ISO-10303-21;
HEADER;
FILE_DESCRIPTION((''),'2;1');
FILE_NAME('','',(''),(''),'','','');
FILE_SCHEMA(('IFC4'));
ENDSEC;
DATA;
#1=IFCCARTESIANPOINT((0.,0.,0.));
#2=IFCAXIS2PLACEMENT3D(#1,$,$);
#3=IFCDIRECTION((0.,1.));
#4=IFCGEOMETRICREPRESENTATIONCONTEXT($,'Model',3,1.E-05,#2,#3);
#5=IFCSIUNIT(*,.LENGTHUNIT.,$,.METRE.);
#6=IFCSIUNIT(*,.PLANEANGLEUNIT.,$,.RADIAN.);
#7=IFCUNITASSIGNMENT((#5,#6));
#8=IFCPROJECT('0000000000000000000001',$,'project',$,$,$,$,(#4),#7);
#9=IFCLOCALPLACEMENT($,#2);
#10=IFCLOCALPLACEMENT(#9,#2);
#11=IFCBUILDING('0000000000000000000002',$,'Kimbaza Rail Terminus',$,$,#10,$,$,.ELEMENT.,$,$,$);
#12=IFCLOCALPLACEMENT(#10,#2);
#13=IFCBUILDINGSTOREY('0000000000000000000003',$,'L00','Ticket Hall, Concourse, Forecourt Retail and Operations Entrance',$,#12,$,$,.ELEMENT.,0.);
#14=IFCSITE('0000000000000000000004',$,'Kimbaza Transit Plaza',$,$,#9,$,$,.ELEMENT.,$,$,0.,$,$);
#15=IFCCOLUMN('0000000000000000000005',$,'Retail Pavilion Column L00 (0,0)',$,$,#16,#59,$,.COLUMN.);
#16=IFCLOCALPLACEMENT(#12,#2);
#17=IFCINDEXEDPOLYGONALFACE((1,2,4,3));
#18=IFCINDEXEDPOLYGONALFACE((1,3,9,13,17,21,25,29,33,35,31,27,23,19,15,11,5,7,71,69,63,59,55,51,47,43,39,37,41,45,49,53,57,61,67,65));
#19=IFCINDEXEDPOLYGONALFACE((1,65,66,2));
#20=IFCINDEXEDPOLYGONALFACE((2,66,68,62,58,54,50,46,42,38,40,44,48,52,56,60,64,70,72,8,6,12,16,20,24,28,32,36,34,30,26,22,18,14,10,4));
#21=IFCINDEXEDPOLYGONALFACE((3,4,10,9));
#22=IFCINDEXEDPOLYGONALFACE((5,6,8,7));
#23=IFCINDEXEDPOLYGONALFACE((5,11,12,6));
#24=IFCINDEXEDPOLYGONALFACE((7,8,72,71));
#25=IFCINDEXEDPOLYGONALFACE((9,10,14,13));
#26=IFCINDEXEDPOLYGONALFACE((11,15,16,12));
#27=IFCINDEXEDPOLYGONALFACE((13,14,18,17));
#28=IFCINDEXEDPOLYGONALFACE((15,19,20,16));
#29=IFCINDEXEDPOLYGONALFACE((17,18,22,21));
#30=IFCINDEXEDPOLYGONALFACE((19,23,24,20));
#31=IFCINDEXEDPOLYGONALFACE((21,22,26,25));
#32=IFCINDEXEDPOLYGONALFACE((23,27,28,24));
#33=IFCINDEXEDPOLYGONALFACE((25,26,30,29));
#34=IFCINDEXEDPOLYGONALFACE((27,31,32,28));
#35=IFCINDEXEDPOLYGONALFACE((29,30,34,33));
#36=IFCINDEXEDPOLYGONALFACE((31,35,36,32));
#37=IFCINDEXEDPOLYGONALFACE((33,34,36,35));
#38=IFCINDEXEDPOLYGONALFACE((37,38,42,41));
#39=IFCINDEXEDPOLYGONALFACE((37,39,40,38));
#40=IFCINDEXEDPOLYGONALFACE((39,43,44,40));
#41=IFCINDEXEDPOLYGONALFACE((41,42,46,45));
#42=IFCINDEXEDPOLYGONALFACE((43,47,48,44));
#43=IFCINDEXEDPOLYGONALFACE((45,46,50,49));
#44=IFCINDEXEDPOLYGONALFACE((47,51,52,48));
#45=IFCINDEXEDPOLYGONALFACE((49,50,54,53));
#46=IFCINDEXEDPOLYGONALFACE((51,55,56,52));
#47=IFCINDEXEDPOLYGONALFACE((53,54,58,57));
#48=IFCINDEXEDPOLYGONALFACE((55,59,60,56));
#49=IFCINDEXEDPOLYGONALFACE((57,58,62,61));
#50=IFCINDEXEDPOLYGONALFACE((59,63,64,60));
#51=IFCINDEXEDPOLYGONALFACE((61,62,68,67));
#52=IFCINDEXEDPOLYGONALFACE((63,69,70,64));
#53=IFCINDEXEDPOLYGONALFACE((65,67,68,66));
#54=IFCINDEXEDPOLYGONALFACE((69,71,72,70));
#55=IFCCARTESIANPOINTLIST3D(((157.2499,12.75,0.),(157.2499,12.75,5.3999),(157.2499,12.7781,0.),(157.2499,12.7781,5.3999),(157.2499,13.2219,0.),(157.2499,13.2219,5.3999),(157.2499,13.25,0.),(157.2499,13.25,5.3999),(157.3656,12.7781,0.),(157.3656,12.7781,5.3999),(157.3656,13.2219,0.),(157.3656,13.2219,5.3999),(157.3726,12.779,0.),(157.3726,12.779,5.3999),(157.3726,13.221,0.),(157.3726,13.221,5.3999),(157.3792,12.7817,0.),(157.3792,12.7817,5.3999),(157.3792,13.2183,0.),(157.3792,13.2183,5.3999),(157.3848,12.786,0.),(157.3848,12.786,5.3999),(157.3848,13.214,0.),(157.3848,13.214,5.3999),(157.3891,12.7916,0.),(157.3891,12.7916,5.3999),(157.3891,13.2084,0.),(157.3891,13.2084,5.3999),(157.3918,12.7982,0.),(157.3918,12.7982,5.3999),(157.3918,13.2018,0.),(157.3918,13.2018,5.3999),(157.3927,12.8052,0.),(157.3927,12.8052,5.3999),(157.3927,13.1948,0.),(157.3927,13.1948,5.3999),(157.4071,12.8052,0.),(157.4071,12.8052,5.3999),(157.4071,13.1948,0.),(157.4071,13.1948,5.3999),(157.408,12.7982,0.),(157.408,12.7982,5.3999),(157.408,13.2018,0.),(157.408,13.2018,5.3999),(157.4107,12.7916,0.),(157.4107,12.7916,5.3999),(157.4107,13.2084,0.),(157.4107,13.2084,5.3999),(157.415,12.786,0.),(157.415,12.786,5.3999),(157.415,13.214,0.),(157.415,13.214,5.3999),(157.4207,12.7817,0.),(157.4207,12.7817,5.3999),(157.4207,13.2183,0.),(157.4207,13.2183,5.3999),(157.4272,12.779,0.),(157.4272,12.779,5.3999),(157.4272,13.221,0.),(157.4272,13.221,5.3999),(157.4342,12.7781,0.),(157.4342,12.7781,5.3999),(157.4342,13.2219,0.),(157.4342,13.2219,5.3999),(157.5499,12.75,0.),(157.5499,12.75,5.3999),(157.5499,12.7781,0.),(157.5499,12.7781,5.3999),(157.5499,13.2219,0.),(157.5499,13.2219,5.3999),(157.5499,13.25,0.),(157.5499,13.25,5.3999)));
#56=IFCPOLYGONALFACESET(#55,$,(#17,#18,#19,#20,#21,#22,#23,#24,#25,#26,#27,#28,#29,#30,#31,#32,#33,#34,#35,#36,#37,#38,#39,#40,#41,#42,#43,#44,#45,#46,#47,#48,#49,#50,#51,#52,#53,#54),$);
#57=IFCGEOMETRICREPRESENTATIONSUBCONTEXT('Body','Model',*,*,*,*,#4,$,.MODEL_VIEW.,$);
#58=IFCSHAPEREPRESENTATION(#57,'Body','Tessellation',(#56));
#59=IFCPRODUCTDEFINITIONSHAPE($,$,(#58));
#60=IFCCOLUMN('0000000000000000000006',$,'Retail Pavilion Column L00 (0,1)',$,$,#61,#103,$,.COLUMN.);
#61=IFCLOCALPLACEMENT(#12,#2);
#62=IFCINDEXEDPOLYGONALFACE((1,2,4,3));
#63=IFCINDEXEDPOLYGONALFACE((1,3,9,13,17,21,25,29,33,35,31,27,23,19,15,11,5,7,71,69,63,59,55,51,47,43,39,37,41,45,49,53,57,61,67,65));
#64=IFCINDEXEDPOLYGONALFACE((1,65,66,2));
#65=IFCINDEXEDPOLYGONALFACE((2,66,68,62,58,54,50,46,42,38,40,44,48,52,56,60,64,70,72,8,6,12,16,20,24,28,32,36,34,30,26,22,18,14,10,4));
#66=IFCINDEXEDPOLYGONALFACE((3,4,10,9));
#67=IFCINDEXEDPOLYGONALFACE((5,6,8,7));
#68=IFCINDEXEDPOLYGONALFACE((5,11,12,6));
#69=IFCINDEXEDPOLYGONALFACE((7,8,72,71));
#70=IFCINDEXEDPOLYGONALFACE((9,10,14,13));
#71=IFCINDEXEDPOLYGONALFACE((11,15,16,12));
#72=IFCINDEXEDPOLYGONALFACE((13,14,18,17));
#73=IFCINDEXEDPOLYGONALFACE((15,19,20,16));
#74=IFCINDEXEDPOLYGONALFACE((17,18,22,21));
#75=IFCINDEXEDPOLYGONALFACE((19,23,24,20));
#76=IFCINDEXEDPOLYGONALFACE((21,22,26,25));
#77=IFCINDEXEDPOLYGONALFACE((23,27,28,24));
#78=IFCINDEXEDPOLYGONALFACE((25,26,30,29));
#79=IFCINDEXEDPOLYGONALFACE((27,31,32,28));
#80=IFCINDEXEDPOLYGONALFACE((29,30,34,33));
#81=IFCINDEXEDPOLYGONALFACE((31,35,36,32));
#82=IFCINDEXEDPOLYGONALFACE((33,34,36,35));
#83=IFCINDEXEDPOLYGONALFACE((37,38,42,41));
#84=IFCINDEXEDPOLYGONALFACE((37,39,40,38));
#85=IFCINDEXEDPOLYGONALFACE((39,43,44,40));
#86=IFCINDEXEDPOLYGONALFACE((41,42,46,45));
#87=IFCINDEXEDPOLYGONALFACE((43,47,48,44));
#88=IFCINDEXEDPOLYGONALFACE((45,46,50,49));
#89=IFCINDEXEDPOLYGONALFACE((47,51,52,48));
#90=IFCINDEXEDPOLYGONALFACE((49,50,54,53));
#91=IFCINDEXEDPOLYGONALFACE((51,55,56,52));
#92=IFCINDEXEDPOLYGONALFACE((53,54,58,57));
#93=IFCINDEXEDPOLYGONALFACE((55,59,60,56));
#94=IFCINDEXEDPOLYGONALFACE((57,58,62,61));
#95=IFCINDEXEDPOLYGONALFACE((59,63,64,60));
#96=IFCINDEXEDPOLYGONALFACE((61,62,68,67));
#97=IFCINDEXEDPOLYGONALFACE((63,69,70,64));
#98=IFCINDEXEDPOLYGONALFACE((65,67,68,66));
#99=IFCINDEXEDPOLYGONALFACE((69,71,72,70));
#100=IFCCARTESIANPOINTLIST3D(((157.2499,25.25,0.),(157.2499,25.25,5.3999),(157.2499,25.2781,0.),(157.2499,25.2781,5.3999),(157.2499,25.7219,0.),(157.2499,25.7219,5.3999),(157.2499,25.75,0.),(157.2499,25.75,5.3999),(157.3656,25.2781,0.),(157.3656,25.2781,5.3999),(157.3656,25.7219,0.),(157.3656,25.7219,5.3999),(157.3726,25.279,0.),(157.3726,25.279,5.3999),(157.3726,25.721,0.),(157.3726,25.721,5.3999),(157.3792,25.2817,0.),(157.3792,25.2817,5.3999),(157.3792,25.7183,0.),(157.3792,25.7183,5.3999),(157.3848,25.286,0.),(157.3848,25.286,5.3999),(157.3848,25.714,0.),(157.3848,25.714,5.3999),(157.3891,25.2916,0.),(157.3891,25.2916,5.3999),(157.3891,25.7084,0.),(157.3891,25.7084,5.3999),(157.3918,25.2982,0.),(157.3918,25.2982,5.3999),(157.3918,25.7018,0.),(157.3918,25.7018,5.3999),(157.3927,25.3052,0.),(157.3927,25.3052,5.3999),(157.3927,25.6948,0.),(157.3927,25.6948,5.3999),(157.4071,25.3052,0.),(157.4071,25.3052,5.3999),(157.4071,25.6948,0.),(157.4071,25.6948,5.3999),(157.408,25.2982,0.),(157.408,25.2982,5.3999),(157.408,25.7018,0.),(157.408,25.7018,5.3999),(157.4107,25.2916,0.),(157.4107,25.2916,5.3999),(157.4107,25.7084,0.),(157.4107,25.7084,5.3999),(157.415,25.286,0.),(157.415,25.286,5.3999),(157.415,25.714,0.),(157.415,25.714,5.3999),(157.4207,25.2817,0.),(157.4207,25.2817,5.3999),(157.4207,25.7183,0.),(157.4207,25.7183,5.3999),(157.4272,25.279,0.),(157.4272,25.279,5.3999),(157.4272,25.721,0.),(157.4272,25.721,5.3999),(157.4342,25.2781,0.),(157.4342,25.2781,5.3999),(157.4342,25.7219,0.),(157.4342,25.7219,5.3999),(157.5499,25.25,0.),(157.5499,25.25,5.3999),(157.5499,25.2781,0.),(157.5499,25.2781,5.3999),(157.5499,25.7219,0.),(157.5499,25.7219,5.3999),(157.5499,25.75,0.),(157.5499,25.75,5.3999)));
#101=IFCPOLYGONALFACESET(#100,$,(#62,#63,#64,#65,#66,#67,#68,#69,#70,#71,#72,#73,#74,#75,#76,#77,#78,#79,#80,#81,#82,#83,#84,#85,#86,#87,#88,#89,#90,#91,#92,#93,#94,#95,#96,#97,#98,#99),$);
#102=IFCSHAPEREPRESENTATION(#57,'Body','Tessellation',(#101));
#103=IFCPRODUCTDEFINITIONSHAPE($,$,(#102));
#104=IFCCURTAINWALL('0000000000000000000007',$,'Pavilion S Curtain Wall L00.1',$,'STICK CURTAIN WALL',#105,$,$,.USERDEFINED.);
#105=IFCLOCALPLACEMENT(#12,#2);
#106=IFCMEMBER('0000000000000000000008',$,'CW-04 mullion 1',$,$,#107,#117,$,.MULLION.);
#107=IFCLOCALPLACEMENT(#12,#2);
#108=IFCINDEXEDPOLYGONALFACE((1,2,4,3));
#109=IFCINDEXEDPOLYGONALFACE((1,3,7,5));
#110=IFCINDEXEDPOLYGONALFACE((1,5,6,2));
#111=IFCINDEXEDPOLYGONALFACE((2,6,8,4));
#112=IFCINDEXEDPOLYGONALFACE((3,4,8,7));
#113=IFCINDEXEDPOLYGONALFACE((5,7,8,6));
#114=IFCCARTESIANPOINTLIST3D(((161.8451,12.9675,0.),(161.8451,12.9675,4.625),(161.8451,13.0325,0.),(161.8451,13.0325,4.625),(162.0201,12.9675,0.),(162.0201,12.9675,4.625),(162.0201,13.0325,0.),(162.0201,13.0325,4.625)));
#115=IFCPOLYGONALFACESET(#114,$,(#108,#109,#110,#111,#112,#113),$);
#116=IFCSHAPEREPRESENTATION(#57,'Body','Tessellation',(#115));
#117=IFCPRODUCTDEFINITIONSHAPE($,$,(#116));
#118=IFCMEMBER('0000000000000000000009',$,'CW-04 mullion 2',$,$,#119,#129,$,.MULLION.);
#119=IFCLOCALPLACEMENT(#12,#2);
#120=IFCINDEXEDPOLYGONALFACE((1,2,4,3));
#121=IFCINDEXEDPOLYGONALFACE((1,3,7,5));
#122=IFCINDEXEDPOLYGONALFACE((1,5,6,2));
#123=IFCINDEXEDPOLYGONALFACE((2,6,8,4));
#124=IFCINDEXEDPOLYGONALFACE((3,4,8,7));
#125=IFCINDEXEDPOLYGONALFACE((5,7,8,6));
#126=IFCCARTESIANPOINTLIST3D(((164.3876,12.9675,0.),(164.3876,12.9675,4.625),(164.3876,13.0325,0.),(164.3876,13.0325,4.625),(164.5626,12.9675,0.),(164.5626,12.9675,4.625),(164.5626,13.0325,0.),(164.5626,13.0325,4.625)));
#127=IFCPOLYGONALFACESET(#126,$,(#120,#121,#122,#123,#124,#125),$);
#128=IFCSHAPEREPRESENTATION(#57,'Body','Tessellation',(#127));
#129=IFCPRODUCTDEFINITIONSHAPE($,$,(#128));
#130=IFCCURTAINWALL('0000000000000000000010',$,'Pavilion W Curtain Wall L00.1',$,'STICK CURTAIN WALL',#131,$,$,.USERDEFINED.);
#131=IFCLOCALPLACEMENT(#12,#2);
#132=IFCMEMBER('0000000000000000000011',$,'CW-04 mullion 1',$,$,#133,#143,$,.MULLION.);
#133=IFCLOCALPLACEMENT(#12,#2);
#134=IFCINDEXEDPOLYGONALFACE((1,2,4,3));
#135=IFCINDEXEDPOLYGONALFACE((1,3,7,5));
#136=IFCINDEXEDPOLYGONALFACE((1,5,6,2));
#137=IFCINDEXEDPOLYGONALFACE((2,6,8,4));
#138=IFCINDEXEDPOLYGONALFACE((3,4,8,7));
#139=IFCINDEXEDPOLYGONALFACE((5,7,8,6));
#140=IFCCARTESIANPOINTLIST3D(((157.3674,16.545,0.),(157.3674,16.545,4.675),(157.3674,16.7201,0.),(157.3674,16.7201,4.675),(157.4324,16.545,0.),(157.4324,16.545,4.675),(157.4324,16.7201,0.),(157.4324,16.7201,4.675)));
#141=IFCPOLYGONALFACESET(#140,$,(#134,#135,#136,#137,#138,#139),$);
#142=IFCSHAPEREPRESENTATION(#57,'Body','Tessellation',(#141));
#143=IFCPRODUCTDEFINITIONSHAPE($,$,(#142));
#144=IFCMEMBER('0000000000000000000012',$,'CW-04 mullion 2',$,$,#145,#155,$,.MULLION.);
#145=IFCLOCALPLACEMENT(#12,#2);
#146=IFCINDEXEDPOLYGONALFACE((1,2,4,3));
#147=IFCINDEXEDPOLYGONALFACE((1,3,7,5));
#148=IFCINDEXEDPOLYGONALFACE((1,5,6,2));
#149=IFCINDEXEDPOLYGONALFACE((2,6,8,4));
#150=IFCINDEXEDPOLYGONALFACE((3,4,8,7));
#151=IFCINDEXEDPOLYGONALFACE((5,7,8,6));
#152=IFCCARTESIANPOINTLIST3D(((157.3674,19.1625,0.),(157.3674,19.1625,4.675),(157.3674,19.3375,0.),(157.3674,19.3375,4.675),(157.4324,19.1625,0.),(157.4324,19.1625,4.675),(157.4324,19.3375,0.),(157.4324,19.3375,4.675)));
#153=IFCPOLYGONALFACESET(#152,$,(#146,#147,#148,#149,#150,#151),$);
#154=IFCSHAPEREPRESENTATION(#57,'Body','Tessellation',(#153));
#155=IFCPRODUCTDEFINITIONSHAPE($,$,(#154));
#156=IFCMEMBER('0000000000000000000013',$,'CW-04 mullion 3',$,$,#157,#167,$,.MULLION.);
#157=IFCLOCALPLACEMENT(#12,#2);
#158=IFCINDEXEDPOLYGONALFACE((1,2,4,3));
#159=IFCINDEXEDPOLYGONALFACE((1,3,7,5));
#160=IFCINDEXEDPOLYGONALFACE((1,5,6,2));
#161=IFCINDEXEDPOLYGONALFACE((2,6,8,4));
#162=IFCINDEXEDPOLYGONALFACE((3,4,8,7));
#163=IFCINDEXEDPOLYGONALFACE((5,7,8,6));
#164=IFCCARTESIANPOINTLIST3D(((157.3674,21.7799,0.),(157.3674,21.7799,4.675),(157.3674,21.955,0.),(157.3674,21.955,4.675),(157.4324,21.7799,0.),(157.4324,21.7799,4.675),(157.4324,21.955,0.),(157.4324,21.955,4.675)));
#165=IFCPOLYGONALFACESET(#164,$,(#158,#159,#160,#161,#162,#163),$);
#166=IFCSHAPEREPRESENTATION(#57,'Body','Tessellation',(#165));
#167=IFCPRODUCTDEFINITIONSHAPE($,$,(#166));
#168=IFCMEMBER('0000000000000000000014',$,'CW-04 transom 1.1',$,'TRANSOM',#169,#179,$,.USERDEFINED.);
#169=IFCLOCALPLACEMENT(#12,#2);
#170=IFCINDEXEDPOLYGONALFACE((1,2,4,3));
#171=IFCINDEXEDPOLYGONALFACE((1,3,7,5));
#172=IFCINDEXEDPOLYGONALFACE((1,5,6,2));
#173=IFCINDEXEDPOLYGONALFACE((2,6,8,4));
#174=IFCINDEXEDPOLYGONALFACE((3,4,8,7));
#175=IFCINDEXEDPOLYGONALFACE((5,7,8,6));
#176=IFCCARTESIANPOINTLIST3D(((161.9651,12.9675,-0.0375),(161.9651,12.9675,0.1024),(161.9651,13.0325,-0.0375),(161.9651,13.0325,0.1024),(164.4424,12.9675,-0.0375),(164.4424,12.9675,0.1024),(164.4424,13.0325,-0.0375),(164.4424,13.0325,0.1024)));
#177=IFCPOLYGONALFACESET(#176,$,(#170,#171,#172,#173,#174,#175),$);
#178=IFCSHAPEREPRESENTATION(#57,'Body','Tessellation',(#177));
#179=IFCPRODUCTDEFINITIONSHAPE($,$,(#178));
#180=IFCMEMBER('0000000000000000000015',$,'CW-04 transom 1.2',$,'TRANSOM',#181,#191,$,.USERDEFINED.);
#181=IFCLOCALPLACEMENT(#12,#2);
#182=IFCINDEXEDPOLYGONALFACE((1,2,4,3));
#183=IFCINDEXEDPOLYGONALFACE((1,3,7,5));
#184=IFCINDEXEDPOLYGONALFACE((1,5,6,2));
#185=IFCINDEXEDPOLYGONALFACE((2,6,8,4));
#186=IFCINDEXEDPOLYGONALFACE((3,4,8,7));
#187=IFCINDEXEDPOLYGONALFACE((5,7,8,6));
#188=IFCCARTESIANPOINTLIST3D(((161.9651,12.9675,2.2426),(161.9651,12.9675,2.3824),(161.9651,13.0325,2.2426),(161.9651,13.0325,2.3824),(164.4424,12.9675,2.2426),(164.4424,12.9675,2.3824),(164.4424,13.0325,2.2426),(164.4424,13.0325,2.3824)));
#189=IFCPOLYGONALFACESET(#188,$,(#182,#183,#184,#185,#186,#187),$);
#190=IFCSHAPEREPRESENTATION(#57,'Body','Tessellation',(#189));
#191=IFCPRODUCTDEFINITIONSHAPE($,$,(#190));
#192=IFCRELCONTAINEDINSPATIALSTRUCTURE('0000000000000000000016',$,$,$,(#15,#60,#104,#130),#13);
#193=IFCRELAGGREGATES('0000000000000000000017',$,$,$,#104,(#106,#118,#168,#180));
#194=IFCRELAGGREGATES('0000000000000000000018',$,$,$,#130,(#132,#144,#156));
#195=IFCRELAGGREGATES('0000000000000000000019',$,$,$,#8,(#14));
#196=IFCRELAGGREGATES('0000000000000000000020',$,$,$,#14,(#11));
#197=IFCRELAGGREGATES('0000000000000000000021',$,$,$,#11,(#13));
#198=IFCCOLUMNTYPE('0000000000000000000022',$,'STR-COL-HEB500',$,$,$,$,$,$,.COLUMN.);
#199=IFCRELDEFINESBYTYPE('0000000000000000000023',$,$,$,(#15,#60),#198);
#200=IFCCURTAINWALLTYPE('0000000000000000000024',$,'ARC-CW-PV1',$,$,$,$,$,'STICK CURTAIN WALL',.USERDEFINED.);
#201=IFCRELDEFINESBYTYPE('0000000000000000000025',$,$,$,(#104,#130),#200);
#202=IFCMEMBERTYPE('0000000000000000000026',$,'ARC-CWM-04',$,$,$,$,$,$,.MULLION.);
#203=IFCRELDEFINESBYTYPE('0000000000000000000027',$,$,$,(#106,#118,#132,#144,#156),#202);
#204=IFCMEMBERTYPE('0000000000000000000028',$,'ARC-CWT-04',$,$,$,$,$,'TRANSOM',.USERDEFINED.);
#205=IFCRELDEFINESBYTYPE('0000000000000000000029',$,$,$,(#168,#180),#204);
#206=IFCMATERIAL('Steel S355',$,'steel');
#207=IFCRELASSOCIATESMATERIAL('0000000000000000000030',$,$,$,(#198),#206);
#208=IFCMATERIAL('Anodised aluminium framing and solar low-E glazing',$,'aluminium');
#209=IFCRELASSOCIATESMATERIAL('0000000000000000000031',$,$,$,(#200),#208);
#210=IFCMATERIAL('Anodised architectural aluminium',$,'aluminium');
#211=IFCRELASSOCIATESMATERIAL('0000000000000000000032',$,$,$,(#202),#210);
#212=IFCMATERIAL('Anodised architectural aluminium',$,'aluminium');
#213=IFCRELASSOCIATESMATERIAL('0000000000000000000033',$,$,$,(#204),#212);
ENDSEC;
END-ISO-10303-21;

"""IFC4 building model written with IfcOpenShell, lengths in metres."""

from ifc_helpers import new_model, si_unit, direction, frame, origin, origin_2d, place, context, subcontext, project, spatial, rectangle, i_section, extrude, material, material_profile, profile_set, type_object, element, aggregate, save


model = new_model("IFC4")

# Units and contexts
model_context = context("Model", 3, precision=1e-05, world=origin(), true_north=direction((0.0, 1.0)))
body_context = subcontext(model_context, "Body", "Model", "MODEL_VIEW")
ifc_project = project(units=[si_unit("LENGTHUNIT", "METRE"), si_unit("PLANEANGLEUNIT", "RADIAN")], contexts=[model_context])

# Site, building, storey
site_placement = place(None, origin())
site = spatial("IfcSite", under=ifc_project, at=site_placement, Name="Kimbaza Transit Plaza", CompositionType="ELEMENT", RefElevation=0.0)
building_placement = place(site_placement, origin())
building = spatial("IfcBuilding", under=site, at=building_placement, Name="Kimbaza Rail Terminus", CompositionType="ELEMENT")
storey_placement = place(building_placement, origin())
storey = spatial("IfcBuildingStorey", under=building, at=storey_placement, Name="L00", Description="Ticket Hall, Concourse, Forecourt Retail and Operations Entrance", CompositionType="ELEMENT", Elevation=0.0)

# Columns
ifc_material_1 = material(Name="Steel S355", Category="steel")
ifc_material_profile_1 = material_profile(ifc_material_1, i_section(OverallWidth=0.3, OverallDepth=0.5, WebThickness=0.0144, FlangeThickness=0.0281, FilletRadius=0.0271, at=origin_2d()), Name="HEB 500")
ifc_profile_set_1 = profile_set([ifc_material_profile_1], Name="Steel S355")
column_type = type_object("IfcColumnType", Name="STR-COL-HEB500", PredefinedType="COLUMN", material=ifc_profile_set_1)
for number, where, z_axis, x_axis, name in (
    (1, (157.3999, 13.0, 0.0), (0.0, 0.0, 1.0), (1.0, 0.0, 0.0), "Retail Pavilion Column L00 (0,0)"),
    (2, (157.3999, 25.5, 0.0), (0.0, 0.0, 1.0), (1.0, 0.0, 0.0), "Retail Pavilion Column L00 (0,1)"),
):
    element("IfcColumn", number, at=place(storey_placement, frame(where, z_axis=z_axis, x_axis=x_axis)), inside=storey, type_object=column_type, Name=name, PredefinedType="COLUMN", context=body_context, shape_type="SweptSolid", body=[
        extrude(i_section(OverallWidth=0.3, OverallDepth=0.5, WebThickness=0.0144, FlangeThickness=0.0281, FilletRadius=0.0271, at=origin_2d()), origin(), (0.0, 0.0, 1.0), 5.3999),
    ])

# Curtain walls, members
ifc_material_2 = material(Name="Anodised aluminium framing and solar low-E glazing", Category="aluminium")
curtain_wall_type = type_object("IfcCurtainWallType", Name="ARC-CW-PV1", ElementType="STICK CURTAIN WALL", PredefinedType="USERDEFINED", material=ifc_material_2)
curtain_wall_1_placement = place(storey_placement, origin())
curtain_wall_1 = element("IfcCurtainWall", 3, at=curtain_wall_1_placement, inside=storey, type_object=curtain_wall_type, Name="Pavilion S Curtain Wall L00.1", ObjectType="STICK CURTAIN WALL", PredefinedType="USERDEFINED")
ifc_material_3 = material(Name="Anodised architectural aluminium", Category="aluminium")
ifc_material_profile_2 = material_profile(ifc_material_3, rectangle(XDim=0.0649, YDim=0.175, at=origin_2d()), Name="MULLION 65x175")
ifc_profile_set_2 = profile_set([ifc_material_profile_2], Name="Anodised architectural aluminium")
member_type_1 = type_object("IfcMemberType", Name="ARC-CWM-04", PredefinedType="MULLION", material=ifc_profile_set_2)
member_1_placement = place(storey_placement, frame((161.9326, 13.0, 0.0), z_axis=(0.0, 0.0, 1.0), x_axis=(0.0, 1.0, 0.0)))
member_1 = element("IfcMember", 4, at=member_1_placement, type_object=member_type_1, Name="CW-04 mullion 1", PredefinedType="MULLION", context=body_context, shape_type="SweptSolid", body=[
    extrude(rectangle(XDim=0.0649, YDim=0.175, at=origin_2d()), origin(), (0.0, 0.0, 1.0), 4.625),
])
member_2_placement = place(storey_placement, frame((164.4751, 13.0, 0.0), z_axis=(0.0, 0.0, 1.0), x_axis=(0.0, 1.0, 0.0)))
member_2 = element("IfcMember", 5, at=member_2_placement, type_object=member_type_1, Name="CW-04 mullion 2", PredefinedType="MULLION", context=body_context, shape_type="SweptSolid", body=[
    extrude(rectangle(XDim=0.0649, YDim=0.175, at=origin_2d()), origin(), (0.0, 0.0, 1.0), 4.625),
])
curtain_wall_2_placement = place(storey_placement, origin())
curtain_wall_2 = element("IfcCurtainWall", 6, at=curtain_wall_2_placement, inside=storey, type_object=curtain_wall_type, Name="Pavilion W Curtain Wall L00.1", ObjectType="STICK CURTAIN WALL", PredefinedType="USERDEFINED")
member_3_placement = place(storey_placement, frame((157.3999, 16.6326, 0.0), z_axis=(0.0, 0.0, 1.0), x_axis=(-1.0, 0.0, 0.0)))
member_3 = element("IfcMember", 7, at=member_3_placement, type_object=member_type_1, Name="CW-04 mullion 1", PredefinedType="MULLION", context=body_context, shape_type="SweptSolid", body=[
    extrude(rectangle(XDim=0.0649, YDim=0.175, at=origin_2d()), origin(), (0.0, 0.0, 1.0), 4.675),
])
member_4_placement = place(storey_placement, frame((157.3999, 19.25, 0.0), z_axis=(0.0, 0.0, 1.0), x_axis=(-1.0, 0.0, 0.0)))
member_4 = element("IfcMember", 8, at=member_4_placement, type_object=member_type_1, Name="CW-04 mullion 2", PredefinedType="MULLION", context=body_context, shape_type="SweptSolid", body=[
    extrude(rectangle(XDim=0.0649, YDim=0.175, at=origin_2d()), origin(), (0.0, 0.0, 1.0), 4.675),
])
member_5_placement = place(storey_placement, frame((157.3999, 21.8674, 0.0), z_axis=(0.0, 0.0, 1.0), x_axis=(-1.0, 0.0, 0.0)))
member_5 = element("IfcMember", 9, at=member_5_placement, type_object=member_type_1, Name="CW-04 mullion 3", PredefinedType="MULLION", context=body_context, shape_type="SweptSolid", body=[
    extrude(rectangle(XDim=0.0649, YDim=0.175, at=origin_2d()), origin(), (0.0, 0.0, 1.0), 4.675),
])

# Members
ifc_material_4 = material(Name="Anodised architectural aluminium", Category="aluminium")
ifc_material_profile_3 = material_profile(ifc_material_4, rectangle(XDim=0.0649, YDim=0.1399, at=origin_2d()), Name="TRANSOM 65x140")
ifc_profile_set_3 = profile_set([ifc_material_profile_3], Name="Anodised architectural aluminium")
member_type_2 = type_object("IfcMemberType", Name="ARC-CWT-04", ElementType="TRANSOM", PredefinedType="USERDEFINED", material=ifc_profile_set_3)
member_6_placement = place(storey_placement, frame((161.9651, 13.0, 0.0325), z_axis=(1.0, 0.0, 0.0), x_axis=(0.0, 1.0, 0.0)))
member_6 = element("IfcMember", 10, at=member_6_placement, type_object=member_type_2, Name="CW-04 transom 1.1", ObjectType="TRANSOM", PredefinedType="USERDEFINED", context=body_context, shape_type="SweptSolid", body=[
    extrude(rectangle(XDim=0.0649, YDim=0.1399, at=origin_2d()), origin(), (0.0, 0.0, 1.0), 2.4773),
])
member_7_placement = place(storey_placement, frame((161.9651, 13.0, 2.3125), z_axis=(1.0, 0.0, 0.0), x_axis=(0.0, 1.0, 0.0)))
member_7 = element("IfcMember", 11, at=member_7_placement, type_object=member_type_2, Name="CW-04 transom 1.2", ObjectType="TRANSOM", PredefinedType="USERDEFINED", context=body_context, shape_type="SweptSolid", body=[
    extrude(rectangle(XDim=0.0649, YDim=0.1399, at=origin_2d()), origin(), (0.0, 0.0, 1.0), 2.4773),
])

aggregate(curtain_wall_1, [member_1, member_2, member_6, member_7])
aggregate(curtain_wall_2, [member_3, member_4, member_5])

save(model, "model.ifc")
